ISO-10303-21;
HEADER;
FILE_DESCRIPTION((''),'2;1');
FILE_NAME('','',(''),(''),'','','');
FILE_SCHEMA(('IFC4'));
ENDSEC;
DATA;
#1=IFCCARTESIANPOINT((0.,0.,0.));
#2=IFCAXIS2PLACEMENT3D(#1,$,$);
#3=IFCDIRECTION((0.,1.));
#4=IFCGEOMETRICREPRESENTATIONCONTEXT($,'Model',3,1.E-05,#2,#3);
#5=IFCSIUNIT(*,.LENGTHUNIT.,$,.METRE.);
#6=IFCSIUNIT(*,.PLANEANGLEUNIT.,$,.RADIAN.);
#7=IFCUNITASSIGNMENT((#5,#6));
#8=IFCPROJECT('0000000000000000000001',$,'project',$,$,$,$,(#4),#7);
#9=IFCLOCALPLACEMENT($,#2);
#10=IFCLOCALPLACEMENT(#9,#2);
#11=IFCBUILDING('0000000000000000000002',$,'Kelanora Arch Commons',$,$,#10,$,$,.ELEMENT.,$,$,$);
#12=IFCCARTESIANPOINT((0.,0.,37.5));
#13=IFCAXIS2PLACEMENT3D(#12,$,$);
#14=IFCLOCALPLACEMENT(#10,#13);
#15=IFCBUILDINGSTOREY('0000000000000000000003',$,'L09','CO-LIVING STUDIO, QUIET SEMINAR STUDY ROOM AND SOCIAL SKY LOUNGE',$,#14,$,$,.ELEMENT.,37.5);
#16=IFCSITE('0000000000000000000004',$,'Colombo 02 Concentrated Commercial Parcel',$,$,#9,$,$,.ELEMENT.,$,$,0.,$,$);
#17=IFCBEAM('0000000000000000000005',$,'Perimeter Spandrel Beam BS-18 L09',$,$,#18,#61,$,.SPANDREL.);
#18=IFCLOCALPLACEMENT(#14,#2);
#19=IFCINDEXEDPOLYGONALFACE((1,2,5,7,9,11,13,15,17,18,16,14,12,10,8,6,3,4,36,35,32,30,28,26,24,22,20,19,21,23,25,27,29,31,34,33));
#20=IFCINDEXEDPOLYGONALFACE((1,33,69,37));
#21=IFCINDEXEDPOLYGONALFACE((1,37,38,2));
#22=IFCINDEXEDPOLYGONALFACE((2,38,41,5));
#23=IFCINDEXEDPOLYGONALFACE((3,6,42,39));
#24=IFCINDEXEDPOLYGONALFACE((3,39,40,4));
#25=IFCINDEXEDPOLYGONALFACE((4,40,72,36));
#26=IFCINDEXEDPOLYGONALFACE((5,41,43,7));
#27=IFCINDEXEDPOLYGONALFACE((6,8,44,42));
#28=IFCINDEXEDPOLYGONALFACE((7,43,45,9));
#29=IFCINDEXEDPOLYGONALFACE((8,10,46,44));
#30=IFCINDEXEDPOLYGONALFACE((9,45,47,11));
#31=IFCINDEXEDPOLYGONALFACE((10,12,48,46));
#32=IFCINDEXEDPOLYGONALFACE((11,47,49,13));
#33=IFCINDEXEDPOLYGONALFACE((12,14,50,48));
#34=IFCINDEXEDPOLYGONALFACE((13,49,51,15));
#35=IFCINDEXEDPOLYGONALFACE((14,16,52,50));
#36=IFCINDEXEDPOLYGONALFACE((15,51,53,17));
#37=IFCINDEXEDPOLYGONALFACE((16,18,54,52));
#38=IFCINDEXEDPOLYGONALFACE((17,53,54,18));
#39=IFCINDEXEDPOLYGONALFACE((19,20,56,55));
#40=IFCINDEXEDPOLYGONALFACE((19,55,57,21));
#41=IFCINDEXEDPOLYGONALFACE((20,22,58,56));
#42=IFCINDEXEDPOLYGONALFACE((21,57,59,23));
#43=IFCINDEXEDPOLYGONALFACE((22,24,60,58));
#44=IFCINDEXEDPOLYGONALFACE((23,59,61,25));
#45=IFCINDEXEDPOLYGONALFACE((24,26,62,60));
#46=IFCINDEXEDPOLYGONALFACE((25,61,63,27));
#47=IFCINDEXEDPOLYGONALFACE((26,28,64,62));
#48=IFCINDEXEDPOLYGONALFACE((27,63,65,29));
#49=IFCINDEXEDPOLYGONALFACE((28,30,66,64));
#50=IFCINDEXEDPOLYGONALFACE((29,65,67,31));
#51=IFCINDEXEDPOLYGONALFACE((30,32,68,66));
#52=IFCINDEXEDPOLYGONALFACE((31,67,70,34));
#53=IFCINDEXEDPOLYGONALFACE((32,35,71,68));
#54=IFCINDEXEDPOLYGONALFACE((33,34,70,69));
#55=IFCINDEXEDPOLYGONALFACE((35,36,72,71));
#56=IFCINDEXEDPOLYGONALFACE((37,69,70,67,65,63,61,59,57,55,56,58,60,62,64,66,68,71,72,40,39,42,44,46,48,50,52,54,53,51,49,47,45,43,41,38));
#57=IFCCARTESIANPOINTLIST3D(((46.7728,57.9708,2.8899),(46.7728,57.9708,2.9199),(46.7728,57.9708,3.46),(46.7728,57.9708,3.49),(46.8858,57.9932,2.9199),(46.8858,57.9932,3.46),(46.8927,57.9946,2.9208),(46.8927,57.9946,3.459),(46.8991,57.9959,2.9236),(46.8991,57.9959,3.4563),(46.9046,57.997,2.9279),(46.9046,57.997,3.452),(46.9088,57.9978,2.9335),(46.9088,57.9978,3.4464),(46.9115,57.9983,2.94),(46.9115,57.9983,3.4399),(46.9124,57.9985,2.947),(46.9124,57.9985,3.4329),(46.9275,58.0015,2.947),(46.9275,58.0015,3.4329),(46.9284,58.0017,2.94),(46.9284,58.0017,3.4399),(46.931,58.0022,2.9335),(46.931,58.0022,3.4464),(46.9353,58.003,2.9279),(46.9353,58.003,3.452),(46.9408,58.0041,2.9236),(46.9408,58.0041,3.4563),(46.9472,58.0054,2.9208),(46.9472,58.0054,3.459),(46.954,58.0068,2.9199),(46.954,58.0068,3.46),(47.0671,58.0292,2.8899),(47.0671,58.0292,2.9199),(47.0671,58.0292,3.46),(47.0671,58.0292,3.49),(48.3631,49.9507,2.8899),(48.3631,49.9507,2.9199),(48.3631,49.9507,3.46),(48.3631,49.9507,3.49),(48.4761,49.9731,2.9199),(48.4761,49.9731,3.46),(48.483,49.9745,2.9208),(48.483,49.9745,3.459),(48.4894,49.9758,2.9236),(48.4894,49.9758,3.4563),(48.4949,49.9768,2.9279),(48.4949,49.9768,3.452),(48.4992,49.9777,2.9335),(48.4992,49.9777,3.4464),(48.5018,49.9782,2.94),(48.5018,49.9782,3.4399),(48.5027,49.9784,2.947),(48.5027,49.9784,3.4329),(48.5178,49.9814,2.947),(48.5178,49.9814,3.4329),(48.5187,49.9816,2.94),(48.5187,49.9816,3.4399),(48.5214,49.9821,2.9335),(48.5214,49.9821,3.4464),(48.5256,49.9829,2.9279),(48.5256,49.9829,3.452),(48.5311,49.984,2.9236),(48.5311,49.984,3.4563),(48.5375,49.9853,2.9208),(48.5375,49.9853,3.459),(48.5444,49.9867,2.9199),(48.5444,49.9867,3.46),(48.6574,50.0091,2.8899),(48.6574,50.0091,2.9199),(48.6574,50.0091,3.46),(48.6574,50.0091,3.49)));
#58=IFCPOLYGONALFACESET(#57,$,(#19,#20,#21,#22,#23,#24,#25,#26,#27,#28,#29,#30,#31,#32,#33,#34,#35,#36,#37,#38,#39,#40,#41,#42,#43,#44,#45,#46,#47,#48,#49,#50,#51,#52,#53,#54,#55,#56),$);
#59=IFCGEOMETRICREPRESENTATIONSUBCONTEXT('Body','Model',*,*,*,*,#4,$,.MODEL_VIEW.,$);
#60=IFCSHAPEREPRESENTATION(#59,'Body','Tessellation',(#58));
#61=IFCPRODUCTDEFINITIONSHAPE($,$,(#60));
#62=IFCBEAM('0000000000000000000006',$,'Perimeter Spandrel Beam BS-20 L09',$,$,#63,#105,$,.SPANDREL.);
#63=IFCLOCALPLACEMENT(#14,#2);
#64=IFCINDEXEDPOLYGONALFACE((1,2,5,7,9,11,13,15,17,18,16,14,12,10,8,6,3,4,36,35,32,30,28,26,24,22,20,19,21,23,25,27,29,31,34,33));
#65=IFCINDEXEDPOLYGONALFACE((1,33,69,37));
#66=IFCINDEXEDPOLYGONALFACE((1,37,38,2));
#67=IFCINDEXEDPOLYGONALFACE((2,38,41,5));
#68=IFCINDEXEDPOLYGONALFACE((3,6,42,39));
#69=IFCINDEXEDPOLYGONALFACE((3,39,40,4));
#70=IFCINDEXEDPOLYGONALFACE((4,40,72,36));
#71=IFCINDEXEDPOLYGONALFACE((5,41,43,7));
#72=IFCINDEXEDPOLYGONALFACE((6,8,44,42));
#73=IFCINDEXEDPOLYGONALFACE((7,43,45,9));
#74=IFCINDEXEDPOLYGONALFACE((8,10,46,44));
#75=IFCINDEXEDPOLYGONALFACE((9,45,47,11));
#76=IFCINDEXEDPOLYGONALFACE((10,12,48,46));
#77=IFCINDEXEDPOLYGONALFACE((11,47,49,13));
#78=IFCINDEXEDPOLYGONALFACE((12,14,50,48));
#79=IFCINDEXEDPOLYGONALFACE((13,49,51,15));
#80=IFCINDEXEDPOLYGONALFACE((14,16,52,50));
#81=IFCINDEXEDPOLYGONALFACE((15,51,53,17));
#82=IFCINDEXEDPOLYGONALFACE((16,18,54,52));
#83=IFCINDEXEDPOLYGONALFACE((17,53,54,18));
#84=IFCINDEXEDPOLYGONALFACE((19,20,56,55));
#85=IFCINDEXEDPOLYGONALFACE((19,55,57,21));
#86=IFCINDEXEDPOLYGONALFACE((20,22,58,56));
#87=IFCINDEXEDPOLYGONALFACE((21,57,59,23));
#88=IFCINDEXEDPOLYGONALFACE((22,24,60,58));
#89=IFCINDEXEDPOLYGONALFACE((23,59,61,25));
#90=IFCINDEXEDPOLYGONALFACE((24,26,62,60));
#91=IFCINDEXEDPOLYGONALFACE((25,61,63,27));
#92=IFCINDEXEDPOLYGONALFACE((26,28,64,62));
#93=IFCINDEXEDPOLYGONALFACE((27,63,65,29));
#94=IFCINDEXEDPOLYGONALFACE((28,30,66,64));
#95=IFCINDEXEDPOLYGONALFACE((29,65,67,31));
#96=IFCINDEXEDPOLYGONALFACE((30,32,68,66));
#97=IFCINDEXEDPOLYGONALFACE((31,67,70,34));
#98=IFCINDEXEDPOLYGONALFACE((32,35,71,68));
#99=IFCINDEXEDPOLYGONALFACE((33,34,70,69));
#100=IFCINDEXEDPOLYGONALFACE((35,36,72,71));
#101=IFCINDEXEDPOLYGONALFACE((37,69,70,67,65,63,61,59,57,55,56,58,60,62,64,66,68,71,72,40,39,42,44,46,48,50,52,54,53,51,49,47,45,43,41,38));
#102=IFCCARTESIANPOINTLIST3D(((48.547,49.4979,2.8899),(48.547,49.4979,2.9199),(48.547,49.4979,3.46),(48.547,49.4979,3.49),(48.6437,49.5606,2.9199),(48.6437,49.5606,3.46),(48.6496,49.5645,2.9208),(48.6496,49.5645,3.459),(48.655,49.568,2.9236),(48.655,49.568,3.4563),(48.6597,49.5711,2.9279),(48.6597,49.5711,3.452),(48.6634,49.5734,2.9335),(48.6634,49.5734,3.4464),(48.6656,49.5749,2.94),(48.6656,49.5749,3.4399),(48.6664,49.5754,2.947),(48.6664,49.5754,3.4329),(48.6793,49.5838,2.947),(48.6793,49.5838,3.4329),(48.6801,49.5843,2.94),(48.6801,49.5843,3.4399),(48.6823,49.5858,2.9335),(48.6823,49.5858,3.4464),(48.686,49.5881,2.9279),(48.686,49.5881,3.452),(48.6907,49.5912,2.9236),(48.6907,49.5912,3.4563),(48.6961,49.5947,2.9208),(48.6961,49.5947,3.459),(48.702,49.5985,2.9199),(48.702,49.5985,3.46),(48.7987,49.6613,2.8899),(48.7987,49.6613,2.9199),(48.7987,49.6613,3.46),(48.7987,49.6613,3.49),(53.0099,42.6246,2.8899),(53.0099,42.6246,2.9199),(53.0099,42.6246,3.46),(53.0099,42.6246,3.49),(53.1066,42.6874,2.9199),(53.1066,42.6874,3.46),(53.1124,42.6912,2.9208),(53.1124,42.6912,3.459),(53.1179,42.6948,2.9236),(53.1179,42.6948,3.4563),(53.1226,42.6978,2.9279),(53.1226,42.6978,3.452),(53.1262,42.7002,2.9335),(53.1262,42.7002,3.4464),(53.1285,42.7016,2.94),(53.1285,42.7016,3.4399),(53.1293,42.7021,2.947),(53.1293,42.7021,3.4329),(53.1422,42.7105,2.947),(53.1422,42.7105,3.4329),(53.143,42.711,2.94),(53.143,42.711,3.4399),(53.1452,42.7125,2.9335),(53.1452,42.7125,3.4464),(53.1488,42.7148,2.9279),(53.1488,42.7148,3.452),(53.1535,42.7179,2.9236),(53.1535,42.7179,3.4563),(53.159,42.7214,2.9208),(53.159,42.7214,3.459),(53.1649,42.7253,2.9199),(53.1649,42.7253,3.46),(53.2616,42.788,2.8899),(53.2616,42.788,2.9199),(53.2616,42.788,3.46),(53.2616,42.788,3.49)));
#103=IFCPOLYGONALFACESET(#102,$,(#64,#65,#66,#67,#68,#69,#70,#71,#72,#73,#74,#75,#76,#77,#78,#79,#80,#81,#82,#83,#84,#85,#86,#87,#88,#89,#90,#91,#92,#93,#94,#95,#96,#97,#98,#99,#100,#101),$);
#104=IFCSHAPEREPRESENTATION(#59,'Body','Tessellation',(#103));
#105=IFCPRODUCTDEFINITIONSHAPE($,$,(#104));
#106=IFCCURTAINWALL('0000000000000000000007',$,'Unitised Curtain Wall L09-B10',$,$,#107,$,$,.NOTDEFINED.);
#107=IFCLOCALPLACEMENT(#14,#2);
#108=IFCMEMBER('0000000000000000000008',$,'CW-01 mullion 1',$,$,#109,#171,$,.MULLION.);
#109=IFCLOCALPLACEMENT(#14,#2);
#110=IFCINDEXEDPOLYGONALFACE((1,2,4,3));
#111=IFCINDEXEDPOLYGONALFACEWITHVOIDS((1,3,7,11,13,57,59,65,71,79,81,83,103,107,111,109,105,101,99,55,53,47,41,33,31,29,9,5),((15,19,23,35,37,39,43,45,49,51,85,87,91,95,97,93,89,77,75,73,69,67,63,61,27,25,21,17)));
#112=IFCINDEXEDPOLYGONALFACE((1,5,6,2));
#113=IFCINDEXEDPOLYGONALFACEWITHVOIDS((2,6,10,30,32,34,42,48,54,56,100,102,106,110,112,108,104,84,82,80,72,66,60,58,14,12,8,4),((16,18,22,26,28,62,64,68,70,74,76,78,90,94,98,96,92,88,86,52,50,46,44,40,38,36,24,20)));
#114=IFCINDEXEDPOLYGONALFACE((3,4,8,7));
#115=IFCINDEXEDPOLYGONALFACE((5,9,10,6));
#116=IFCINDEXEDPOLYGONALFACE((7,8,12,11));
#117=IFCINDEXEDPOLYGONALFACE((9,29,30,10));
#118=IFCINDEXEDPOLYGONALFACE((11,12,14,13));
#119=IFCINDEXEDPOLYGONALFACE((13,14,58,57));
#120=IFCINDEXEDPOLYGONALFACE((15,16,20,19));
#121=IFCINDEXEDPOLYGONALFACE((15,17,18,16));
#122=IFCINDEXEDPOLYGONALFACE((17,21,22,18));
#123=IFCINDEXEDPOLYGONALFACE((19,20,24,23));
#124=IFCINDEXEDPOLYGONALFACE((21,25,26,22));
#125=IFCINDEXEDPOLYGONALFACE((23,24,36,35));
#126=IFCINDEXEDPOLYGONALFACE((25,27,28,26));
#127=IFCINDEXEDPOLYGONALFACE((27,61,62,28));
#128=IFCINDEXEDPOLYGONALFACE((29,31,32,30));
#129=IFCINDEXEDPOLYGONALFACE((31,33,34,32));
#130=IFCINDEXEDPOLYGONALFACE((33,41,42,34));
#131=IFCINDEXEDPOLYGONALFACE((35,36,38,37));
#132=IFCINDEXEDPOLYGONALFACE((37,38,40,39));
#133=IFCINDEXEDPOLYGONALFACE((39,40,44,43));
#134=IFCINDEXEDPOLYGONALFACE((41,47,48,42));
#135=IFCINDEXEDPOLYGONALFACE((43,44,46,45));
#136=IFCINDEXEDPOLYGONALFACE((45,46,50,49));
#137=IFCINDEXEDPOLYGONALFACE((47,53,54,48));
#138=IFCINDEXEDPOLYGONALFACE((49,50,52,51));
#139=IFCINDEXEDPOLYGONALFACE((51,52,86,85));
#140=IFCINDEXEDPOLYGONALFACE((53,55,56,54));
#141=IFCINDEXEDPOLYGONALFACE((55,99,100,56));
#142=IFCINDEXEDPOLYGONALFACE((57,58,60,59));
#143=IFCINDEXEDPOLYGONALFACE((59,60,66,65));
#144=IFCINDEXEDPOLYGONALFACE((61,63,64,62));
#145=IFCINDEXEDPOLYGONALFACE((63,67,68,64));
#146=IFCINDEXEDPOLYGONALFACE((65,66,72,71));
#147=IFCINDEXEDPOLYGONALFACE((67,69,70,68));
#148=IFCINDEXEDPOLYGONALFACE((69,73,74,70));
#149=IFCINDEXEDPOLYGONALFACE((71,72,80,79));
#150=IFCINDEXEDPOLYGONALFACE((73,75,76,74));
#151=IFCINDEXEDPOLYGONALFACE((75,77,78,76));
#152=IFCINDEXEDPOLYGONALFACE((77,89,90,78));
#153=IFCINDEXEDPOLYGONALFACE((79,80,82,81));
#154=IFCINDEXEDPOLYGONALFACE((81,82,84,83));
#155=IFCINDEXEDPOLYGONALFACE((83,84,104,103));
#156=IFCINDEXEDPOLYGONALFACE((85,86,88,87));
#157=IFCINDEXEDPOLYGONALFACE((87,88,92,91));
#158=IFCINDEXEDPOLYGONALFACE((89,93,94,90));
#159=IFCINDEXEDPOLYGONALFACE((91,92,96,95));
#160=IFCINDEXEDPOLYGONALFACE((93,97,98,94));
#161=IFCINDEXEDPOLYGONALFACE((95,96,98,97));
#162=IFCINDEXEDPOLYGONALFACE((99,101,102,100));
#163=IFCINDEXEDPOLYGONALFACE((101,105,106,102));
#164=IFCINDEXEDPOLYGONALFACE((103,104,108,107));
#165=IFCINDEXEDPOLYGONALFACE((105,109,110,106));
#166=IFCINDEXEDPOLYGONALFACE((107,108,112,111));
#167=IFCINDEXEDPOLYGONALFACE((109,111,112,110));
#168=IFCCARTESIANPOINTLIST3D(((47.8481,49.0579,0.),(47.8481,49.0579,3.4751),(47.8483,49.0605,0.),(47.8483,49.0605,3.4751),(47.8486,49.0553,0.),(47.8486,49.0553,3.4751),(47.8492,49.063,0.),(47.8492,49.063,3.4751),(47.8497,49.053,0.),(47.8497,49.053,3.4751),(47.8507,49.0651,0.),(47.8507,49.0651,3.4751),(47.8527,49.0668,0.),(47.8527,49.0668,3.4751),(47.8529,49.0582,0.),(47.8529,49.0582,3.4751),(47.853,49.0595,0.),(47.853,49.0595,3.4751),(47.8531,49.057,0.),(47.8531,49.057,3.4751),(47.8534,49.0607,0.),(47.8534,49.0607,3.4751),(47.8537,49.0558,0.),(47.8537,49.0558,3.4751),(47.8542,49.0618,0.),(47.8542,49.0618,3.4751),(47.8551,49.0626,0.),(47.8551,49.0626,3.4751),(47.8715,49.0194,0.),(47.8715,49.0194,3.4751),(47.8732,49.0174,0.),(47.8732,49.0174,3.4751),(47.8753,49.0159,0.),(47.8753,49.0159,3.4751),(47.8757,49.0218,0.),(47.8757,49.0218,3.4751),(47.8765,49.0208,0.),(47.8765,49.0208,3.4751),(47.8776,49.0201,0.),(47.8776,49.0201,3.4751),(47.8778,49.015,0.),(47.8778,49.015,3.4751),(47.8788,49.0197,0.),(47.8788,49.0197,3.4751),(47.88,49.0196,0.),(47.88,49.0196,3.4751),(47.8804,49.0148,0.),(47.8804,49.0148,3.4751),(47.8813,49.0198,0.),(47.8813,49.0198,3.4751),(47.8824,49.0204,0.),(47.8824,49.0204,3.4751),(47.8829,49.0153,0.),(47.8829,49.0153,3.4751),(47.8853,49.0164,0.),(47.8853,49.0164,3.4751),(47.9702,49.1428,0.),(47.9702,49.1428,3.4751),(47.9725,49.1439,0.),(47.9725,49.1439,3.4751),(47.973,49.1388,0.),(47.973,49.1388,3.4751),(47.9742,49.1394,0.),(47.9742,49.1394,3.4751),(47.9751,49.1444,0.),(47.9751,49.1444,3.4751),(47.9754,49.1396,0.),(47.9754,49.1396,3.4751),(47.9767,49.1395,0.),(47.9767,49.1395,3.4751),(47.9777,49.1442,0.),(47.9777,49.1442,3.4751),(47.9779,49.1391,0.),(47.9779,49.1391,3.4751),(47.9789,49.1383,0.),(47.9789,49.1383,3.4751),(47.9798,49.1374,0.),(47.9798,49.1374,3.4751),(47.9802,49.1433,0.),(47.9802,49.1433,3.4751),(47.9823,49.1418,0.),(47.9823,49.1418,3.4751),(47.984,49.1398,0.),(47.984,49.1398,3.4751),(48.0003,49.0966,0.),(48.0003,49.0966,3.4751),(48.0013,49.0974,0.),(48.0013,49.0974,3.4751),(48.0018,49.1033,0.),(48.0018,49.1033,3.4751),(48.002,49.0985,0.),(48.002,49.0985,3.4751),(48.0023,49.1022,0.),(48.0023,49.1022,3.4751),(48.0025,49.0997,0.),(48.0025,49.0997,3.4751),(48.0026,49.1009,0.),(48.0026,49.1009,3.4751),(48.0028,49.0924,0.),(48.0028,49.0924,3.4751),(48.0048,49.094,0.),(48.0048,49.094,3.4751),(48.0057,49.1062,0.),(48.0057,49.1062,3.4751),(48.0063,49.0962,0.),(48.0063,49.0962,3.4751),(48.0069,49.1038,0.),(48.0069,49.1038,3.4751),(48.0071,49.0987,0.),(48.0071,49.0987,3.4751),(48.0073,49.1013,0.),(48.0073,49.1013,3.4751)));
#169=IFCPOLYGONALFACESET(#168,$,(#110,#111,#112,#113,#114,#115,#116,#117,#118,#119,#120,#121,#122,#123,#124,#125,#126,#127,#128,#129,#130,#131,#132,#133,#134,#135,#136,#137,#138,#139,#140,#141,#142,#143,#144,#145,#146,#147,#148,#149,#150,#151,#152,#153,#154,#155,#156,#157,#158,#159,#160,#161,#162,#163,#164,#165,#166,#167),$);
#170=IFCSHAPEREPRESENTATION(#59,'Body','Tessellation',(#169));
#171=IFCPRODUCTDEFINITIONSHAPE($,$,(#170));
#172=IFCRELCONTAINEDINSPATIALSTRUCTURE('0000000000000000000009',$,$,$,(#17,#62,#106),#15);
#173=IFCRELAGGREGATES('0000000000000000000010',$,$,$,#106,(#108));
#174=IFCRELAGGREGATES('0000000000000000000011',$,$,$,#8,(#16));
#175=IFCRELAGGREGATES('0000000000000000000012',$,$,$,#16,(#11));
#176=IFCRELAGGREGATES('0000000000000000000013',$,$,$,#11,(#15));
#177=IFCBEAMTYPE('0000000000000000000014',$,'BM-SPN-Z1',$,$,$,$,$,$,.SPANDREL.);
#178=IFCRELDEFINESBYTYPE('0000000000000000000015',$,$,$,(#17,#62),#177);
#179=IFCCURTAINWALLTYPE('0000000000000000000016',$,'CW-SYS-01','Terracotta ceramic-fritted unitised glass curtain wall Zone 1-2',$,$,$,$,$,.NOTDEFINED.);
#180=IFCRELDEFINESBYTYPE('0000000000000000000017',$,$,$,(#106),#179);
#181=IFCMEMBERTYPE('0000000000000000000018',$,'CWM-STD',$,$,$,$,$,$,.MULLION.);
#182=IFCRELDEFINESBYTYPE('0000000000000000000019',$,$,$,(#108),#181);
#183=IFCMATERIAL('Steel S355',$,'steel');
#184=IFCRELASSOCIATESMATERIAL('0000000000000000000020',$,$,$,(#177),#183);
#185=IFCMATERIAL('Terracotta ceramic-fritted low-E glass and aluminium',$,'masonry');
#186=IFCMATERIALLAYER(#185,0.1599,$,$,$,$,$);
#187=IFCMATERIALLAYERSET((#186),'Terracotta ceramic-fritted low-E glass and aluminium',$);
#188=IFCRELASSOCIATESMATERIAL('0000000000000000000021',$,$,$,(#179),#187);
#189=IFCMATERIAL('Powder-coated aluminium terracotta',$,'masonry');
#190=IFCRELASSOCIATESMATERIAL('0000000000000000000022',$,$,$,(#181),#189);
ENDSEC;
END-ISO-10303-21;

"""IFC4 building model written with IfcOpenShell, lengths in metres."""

from ifc_helpers import new_model, si_unit, direction, frame, origin, origin_2d, place, context, subcontext, project, spatial, hollow_rectangle, i_section, extrude, material, layer, layer_set, material_profile, profile_set, type_object, element, aggregate, save


model = new_model("IFC4")

# Units and contexts
model_context = context("Model", 3, precision=1e-05, world=origin(), true_north=direction((0.0, 1.0)))
body_context = subcontext(model_context, "Body", "Model", "MODEL_VIEW")
ifc_project = project(units=[si_unit("LENGTHUNIT", "METRE"), si_unit("PLANEANGLEUNIT", "RADIAN")], contexts=[model_context])

# Site, building, storey
site_placement = place(None, origin())
site = spatial("IfcSite", under=ifc_project, at=site_placement, Name="Colombo 02 Concentrated Commercial Parcel", CompositionType="ELEMENT", RefElevation=0.0)
building_placement = place(site_placement, origin())
building = spatial("IfcBuilding", under=site, at=building_placement, Name="Kelanora Arch Commons", CompositionType="ELEMENT")
storey_placement = place(building_placement, frame((0.0, 0.0, 37.5)))
storey = spatial("IfcBuildingStorey", under=building, at=storey_placement, Name="L09", Description="CO-LIVING STUDIO, QUIET SEMINAR STUDY ROOM AND SOCIAL SKY LOUNGE", CompositionType="ELEMENT", Elevation=37.5)

# Beams
ifc_material_1 = material(Name="Steel S355", Category="steel")
ifc_material_profile_1 = material_profile(ifc_material_1, i_section(OverallWidth=0.3, OverallDepth=0.6001, WebThickness=0.0154, FlangeThickness=0.03, FilletRadius=0.0271, at=origin_2d()), Name="HEB600")
ifc_profile_set_1 = profile_set([ifc_material_profile_1], Name="Steel S355")
beam_type_1 = type_object("IfcBeamType", Name="BM-SPN-Z1", PredefinedType="SPANDREL", material=ifc_profile_set_1)
beam_1_placement = place(storey_placement, frame((46.9199, 58.0, 3.1899), z_axis=(0.194508, -0.980901, 0.0), x_axis=(0.980901, 0.194508, 0.0)))
element("IfcBeam", 1, at=beam_1_placement, inside=storey, type_object=beam_type_1, Name="Perimeter Spandrel Beam BS-18 L09", PredefinedType="SPANDREL", context=body_context, shape_type="SweptSolid", body=[
    extrude(i_section(OverallWidth=0.3, OverallDepth=0.6001, WebThickness=0.0154, FlangeThickness=0.03, FilletRadius=0.0271, at=origin_2d()), origin(), (0.0, 0.0, 1.0), 8.1763),
])
beam_2_placement = place(storey_placement, frame((48.6729, 49.5796, 3.1899), z_axis=(0.544581, -0.838708, 0.0), x_axis=(0.838708, 0.544581, 0.0)))
element("IfcBeam", 2, at=beam_2_placement, inside=storey, type_object=beam_type_1, Name="Perimeter Spandrel Beam BS-20 L09", PredefinedType="SPANDREL", context=body_context, shape_type="SweptSolid", body=[
    extrude(i_section(OverallWidth=0.3, OverallDepth=0.6001, WebThickness=0.0154, FlangeThickness=0.03, FilletRadius=0.0271, at=origin_2d()), origin(), (0.0, 0.0, 1.0), 8.1951),
])

# Curtain wall, member
ifc_material_2 = material(Name="Terracotta ceramic-fritted low-E glass and aluminium", Category="masonry")
ifc_layer_1 = layer(ifc_material_2, 0.1599)
ifc_layer_set_1 = layer_set([ifc_layer_1], Name="Terracotta ceramic-fritted low-E glass and aluminium")
curtain_wall_type = type_object("IfcCurtainWallType", Name="CW-SYS-01", Description="Terracotta ceramic-fritted unitised glass curtain wall Zone 1-2", PredefinedType="NOTDEFINED", material=ifc_layer_set_1)
curtain_wall_placement = place(storey_placement, origin())
curtain_wall = element("IfcCurtainWall", 3, at=curtain_wall_placement, inside=storey, type_object=curtain_wall_type, Name="Unitised Curtain Wall L09-B10", PredefinedType="NOTDEFINED")
ifc_material_3 = material(Name="Powder-coated aluminium terracotta", Category="masonry")
ifc_material_profile_2 = material_profile(ifc_material_3, hollow_rectangle(XDim=0.1599, YDim=0.0601, WallThickness=0.0049, InnerFilletRadius=0.0049, OuterFilletRadius=0.01, at=origin_2d()), Name="CWM160x60")
ifc_profile_set_2 = profile_set([ifc_material_profile_2], Name="Powder-coated aluminium terracotta")
member_type_1 = type_object("IfcMemberType", Name="CWM-STD", PredefinedType="MULLION", material=ifc_profile_set_2)
member_1_placement = place(storey_placement, frame((47.9277, 49.0796, 0.0), z_axis=(0.0, 0.0, 1.0), x_axis=(0.83973, 0.543004, 0.0)))
member_1 = element("IfcMember", 4, at=member_1_placement, type_object=member_type_1, Name="CW-01 mullion 1", PredefinedType="MULLION", context=body_context, shape_type="SweptSolid", body=[
    extrude(hollow_rectangle(XDim=0.1599, YDim=0.0601, WallThickness=0.0049, InnerFilletRadius=0.0049, OuterFilletRadius=0.01, at=origin_2d()), origin(), (0.0, 0.0, 1.0), 3.4751),
])

aggregate(curtain_wall, [member_1])

save(model, "model.ifc")
